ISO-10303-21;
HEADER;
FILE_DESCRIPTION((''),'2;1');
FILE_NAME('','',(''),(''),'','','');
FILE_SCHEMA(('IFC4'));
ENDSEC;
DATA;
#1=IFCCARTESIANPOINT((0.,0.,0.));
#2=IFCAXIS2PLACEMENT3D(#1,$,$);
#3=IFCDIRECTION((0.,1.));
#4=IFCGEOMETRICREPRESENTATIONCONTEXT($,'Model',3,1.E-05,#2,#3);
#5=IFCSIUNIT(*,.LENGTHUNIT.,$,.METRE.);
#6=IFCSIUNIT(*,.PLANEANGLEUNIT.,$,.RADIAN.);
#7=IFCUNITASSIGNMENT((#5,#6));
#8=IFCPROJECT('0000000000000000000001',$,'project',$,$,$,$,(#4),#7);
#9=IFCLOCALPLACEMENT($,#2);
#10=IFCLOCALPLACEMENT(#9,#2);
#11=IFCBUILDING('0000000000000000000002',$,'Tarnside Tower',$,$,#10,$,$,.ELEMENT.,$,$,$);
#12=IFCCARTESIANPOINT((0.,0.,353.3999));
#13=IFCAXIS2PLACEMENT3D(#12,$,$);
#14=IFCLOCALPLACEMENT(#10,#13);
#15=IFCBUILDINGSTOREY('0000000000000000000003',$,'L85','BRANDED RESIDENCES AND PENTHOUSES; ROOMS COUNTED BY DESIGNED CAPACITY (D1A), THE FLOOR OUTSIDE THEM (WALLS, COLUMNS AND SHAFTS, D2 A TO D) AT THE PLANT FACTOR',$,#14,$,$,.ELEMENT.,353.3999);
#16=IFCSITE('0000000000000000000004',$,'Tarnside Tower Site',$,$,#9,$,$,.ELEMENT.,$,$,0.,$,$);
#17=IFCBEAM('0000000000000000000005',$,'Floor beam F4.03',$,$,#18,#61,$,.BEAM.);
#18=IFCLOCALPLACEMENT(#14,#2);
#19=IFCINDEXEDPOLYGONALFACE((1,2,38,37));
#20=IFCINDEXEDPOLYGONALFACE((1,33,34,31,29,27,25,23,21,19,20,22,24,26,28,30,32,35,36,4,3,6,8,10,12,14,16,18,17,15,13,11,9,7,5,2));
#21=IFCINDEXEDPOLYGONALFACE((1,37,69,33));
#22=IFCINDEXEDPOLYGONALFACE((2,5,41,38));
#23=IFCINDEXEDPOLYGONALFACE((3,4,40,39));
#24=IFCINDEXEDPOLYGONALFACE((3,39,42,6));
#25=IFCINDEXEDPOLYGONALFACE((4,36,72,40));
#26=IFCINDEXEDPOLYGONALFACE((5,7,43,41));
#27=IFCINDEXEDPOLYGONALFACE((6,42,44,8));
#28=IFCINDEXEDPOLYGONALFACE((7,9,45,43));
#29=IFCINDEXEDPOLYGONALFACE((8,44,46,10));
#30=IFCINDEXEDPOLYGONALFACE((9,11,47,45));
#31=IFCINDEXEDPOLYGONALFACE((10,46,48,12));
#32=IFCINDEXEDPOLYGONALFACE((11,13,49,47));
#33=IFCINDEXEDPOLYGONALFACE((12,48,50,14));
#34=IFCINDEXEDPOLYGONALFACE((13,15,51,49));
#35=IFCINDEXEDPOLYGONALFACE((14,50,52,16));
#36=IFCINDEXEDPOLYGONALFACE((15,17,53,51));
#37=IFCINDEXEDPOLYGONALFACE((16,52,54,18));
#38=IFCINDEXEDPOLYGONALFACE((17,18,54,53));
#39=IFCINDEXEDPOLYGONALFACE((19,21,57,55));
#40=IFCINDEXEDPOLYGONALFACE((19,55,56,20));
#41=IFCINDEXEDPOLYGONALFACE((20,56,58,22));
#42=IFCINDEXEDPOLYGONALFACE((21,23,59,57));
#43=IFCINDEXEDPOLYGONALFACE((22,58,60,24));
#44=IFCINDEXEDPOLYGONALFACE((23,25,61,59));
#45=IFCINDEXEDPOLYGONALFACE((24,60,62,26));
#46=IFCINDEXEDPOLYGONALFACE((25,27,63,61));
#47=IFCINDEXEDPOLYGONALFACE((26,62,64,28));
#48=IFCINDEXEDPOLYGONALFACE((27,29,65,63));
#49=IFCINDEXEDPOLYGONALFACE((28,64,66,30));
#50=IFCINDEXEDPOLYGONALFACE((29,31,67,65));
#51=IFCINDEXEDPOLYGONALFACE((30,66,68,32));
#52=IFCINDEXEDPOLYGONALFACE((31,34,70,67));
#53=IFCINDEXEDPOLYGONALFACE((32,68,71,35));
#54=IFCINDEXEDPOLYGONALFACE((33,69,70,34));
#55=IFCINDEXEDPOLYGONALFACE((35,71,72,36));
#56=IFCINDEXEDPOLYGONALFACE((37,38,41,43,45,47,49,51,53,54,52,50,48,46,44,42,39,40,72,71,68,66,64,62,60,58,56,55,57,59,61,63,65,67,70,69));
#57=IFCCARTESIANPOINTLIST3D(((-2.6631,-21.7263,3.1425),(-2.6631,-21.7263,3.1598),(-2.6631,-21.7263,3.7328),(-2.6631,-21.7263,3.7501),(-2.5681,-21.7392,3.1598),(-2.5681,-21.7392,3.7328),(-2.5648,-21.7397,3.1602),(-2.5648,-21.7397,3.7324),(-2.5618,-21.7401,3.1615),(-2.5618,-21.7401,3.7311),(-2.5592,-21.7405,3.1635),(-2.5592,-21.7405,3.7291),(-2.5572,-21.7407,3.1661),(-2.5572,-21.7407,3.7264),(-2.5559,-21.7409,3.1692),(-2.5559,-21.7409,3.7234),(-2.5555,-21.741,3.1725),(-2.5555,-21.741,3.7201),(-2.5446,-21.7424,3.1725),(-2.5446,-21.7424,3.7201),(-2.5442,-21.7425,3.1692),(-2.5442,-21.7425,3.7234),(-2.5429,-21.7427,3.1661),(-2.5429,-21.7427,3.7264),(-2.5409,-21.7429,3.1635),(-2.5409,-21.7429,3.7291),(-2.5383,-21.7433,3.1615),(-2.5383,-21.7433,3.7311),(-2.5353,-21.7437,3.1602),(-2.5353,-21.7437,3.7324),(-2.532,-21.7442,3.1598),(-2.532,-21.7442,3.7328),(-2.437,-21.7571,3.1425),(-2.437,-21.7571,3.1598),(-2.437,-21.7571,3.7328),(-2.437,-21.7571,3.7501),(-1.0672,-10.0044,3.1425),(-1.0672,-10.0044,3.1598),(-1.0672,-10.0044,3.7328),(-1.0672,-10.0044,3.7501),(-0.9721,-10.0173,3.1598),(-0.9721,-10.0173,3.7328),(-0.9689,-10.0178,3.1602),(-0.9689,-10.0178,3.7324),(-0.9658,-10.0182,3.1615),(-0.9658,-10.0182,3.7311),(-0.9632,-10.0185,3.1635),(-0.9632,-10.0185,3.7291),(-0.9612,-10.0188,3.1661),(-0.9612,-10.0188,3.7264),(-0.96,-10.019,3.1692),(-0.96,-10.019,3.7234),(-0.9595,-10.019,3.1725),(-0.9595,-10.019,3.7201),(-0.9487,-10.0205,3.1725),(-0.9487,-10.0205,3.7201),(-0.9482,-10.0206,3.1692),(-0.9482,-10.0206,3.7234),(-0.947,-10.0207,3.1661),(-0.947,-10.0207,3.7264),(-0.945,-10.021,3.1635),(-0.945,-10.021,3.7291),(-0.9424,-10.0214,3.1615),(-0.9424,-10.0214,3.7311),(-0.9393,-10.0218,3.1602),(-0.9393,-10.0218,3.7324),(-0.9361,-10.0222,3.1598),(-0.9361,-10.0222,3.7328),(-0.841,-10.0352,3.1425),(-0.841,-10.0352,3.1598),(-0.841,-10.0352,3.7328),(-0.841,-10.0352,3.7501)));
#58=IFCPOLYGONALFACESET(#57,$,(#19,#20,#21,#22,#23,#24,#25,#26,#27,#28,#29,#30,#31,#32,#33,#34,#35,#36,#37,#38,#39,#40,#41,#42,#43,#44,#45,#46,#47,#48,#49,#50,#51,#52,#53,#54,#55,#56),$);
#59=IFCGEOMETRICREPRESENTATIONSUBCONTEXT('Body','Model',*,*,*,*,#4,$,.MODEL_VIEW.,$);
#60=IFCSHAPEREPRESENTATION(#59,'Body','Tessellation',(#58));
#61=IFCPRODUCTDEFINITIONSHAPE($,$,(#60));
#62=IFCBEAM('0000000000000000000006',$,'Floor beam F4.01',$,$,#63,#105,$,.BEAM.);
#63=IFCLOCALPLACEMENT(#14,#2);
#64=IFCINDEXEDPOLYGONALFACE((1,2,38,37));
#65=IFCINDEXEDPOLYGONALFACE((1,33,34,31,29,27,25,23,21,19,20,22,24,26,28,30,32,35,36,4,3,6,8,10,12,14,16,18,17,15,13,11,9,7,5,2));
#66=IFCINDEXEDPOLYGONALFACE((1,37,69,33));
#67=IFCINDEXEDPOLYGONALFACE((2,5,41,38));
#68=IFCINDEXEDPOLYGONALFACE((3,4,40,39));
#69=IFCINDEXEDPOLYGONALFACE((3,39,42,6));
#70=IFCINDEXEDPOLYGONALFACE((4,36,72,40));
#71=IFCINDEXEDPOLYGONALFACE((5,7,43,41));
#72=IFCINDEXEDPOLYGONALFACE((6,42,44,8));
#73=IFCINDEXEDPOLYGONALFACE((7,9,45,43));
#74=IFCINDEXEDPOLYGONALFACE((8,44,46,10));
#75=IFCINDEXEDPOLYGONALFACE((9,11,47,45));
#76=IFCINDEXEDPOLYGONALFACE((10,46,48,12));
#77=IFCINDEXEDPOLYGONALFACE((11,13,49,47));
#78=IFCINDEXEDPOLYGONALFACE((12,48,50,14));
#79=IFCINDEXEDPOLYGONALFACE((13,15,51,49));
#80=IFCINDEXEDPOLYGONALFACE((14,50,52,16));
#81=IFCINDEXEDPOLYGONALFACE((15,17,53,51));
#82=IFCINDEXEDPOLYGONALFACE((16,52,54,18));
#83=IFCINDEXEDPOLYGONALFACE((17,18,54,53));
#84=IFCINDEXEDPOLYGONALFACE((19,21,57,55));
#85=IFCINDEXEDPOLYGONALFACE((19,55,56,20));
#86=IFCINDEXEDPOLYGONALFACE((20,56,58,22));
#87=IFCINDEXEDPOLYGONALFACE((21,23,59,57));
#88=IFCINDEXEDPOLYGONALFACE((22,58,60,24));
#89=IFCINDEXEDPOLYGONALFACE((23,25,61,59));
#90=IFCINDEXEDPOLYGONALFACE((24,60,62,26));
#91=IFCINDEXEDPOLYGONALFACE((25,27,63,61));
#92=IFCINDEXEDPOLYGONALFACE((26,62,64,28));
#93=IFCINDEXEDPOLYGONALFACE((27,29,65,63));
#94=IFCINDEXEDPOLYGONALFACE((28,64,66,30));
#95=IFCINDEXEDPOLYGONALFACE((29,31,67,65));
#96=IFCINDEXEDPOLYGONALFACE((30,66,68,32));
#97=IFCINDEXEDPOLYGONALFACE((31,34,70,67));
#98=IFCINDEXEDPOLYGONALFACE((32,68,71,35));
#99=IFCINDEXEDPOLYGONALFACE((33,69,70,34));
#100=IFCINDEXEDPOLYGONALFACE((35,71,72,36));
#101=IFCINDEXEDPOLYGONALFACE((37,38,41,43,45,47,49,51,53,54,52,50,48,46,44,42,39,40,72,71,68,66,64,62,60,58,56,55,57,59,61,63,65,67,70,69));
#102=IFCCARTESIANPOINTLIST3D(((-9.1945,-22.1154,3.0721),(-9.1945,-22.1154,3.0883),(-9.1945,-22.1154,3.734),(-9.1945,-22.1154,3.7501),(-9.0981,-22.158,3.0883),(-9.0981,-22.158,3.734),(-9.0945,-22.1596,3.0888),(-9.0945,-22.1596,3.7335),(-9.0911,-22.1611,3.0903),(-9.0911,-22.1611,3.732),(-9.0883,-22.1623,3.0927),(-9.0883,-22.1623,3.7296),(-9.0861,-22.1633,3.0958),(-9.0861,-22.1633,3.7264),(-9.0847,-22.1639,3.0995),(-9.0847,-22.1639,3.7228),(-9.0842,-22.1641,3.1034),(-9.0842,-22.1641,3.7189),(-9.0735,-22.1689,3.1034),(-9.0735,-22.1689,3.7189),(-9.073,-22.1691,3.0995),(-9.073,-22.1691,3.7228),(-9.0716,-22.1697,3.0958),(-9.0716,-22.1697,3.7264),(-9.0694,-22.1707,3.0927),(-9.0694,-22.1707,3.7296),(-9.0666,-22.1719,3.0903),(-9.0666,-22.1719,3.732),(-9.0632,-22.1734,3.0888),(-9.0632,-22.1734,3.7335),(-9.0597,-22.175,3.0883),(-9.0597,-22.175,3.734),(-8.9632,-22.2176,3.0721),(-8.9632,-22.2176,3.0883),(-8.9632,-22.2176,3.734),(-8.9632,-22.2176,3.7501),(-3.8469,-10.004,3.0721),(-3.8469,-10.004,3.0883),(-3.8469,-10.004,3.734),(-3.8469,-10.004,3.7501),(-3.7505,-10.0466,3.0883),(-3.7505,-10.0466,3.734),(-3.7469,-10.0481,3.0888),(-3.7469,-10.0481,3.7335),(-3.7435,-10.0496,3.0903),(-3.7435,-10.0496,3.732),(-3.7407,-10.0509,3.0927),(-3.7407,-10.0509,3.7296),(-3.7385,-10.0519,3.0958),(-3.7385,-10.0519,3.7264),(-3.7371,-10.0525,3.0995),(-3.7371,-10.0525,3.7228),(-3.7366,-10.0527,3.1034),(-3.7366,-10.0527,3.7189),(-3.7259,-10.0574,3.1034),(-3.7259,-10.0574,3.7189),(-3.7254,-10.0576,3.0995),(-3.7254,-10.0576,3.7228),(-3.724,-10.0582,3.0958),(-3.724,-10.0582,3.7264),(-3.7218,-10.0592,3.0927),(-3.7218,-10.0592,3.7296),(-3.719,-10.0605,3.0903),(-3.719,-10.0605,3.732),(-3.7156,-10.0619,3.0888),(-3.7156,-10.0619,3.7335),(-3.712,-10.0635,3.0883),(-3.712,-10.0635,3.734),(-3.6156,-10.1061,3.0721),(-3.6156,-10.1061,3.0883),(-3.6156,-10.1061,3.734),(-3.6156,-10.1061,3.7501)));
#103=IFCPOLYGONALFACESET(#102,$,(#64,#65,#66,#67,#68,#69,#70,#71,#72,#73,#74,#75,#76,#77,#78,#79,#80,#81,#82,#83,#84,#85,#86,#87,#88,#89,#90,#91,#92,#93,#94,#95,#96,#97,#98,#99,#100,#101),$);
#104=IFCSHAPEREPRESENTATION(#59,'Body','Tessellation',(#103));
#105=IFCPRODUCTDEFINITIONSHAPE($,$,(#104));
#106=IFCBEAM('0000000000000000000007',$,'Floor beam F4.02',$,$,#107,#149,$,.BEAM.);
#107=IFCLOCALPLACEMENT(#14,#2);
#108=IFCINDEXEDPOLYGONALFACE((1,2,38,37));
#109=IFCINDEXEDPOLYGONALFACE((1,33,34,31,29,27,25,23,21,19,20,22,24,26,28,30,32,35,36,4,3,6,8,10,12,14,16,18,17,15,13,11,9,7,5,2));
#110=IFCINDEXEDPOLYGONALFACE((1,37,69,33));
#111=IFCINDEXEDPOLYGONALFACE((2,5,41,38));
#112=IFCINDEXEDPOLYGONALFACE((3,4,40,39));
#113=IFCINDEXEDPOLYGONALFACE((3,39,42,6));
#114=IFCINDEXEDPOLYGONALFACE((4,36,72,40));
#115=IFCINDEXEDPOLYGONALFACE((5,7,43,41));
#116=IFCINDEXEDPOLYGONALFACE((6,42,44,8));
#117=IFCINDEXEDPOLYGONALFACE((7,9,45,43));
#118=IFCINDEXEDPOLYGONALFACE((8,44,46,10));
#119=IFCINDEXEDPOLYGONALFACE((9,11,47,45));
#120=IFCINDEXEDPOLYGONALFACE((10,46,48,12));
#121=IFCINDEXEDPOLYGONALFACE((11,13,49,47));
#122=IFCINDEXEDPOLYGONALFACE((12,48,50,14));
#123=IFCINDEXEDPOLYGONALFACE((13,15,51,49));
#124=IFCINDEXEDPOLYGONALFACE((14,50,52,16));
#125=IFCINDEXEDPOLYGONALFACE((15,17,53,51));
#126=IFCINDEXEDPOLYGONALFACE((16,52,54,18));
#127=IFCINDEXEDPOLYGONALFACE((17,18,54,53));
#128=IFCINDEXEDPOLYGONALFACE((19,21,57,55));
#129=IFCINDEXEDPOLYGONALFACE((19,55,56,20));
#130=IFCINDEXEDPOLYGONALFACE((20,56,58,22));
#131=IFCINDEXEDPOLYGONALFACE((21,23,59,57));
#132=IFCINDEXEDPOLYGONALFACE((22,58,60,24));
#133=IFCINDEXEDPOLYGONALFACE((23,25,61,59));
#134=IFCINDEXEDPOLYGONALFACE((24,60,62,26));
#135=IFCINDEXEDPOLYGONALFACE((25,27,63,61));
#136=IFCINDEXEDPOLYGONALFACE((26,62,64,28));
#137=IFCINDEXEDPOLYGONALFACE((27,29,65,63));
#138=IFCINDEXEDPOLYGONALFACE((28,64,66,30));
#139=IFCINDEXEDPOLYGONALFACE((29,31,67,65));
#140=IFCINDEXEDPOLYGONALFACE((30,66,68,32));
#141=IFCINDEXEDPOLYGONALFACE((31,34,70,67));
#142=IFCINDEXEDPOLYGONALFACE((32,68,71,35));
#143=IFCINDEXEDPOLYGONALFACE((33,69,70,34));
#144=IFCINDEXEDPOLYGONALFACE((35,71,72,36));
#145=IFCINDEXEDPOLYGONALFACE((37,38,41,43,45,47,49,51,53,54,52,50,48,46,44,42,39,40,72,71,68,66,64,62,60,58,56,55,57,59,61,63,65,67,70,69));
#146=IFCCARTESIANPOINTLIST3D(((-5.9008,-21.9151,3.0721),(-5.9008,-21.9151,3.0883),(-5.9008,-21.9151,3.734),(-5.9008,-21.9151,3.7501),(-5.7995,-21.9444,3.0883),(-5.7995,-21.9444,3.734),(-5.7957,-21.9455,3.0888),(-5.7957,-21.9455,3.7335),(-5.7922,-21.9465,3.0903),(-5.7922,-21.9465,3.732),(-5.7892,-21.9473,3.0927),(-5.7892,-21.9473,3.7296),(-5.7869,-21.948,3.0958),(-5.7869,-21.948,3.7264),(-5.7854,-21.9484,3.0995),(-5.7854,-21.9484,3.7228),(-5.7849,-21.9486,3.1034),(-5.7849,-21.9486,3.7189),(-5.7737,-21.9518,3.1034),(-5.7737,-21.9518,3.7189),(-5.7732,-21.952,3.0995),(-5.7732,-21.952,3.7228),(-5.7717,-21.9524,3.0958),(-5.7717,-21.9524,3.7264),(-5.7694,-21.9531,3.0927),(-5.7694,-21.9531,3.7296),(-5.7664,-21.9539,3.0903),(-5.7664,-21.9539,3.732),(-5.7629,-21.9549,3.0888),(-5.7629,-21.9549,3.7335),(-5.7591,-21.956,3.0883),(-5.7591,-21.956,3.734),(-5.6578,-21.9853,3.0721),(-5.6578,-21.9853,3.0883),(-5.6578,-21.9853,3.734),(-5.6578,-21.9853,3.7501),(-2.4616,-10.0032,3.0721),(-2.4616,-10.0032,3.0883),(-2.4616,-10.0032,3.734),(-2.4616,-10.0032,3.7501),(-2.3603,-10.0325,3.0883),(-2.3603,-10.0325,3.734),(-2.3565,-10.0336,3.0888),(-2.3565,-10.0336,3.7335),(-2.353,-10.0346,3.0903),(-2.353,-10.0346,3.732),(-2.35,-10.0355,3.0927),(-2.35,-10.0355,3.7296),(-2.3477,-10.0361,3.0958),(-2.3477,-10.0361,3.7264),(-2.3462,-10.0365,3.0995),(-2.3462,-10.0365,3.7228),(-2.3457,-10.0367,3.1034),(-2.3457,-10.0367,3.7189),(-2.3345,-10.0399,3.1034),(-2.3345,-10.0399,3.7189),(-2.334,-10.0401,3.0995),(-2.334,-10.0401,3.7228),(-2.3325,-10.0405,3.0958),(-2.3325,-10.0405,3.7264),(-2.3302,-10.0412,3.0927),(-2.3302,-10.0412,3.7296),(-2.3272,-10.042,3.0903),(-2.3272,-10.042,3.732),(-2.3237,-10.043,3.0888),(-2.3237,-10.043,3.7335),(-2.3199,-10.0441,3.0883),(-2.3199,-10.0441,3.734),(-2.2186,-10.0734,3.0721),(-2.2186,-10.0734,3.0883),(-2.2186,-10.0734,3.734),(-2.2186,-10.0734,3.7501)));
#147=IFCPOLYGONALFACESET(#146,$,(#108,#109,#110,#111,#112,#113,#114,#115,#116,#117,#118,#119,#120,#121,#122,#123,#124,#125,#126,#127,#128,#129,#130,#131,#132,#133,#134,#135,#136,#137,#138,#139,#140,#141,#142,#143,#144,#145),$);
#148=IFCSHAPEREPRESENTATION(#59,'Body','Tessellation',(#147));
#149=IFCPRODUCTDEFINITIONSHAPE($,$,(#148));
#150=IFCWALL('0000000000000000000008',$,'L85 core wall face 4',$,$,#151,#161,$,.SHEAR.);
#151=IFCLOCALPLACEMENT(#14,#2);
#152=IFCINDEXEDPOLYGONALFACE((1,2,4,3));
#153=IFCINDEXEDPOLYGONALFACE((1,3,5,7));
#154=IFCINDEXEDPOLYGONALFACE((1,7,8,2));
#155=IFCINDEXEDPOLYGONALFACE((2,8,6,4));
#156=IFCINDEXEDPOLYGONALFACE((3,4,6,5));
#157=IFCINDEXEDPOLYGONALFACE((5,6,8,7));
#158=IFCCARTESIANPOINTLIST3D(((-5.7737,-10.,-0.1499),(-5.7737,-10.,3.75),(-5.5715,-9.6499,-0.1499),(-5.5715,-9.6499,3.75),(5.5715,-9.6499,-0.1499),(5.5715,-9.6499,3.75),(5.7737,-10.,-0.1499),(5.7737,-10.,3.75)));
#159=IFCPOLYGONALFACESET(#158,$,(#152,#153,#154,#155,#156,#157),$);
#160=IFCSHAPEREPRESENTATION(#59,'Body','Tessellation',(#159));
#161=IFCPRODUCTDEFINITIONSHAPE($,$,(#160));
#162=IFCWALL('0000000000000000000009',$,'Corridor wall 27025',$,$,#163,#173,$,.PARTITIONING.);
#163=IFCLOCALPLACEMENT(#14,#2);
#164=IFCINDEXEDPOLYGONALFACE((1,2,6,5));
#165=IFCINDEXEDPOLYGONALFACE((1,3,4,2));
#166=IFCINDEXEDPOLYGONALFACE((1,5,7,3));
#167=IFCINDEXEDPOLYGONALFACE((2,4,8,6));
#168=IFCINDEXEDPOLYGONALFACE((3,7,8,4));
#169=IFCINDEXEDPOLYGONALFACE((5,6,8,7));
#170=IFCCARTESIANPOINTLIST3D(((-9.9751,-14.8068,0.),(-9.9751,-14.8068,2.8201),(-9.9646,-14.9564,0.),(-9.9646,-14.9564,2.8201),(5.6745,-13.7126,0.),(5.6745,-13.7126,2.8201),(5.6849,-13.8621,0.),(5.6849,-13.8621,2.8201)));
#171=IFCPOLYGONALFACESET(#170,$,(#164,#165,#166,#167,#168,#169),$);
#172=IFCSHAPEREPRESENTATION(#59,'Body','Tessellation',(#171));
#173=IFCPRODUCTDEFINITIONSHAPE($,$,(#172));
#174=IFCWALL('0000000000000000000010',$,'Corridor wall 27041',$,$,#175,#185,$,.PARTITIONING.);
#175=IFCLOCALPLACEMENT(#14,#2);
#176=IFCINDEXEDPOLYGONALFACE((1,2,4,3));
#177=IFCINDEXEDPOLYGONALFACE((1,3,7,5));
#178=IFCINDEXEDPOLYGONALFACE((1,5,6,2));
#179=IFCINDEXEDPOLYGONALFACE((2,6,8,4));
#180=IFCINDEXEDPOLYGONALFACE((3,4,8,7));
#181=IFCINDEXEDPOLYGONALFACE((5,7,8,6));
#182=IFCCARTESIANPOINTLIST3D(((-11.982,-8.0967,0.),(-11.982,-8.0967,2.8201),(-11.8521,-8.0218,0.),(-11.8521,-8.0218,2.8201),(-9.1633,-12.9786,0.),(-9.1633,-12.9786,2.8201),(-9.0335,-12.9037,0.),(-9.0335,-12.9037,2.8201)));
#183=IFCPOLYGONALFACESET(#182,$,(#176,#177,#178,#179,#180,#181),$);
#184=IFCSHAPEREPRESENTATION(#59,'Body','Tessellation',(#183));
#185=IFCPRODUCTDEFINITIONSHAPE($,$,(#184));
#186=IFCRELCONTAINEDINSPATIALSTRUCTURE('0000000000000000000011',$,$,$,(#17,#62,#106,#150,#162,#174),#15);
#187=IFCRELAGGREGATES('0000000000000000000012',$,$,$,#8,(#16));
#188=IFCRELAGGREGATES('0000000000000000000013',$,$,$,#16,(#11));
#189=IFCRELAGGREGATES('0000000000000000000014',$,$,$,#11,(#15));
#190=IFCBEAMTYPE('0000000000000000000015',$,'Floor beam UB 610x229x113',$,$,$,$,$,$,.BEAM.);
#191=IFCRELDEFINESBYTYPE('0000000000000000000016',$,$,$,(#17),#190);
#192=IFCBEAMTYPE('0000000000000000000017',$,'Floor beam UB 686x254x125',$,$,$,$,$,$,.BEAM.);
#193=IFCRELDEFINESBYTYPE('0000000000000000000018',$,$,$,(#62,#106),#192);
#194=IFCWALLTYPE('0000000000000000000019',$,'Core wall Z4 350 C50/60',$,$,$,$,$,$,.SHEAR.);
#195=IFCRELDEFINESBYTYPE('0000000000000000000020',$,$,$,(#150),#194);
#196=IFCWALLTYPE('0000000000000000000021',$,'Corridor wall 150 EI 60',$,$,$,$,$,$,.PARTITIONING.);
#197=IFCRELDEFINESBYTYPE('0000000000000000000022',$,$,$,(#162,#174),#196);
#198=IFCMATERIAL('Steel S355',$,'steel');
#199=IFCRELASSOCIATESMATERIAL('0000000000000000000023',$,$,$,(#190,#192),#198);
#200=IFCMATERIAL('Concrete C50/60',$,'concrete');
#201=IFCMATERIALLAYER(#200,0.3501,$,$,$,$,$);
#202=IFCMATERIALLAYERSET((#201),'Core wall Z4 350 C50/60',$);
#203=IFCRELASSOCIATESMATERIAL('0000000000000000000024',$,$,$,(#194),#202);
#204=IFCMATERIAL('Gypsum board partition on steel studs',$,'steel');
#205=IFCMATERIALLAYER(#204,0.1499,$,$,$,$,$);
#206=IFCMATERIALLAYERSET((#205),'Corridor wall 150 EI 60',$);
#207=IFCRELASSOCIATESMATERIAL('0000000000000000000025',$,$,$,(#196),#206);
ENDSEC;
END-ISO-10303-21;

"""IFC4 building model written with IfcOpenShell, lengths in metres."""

from ifc_helpers import new_model, si_unit, direction, frame, frame_2d, origin, origin_2d, place, context, subcontext, project, spatial, polyline, rectangle, i_section, outline, extrude, material, layer, layer_set, material_profile, profile_set, type_object, element, save


model = new_model("IFC4")

# Units and contexts
model_context = context("Model", 3, precision=1e-05, world=origin(), true_north=direction((0.0, 1.0)))
body_context = subcontext(model_context, "Body", "Model", "MODEL_VIEW")
ifc_project = project(units=[si_unit("LENGTHUNIT", "METRE"), si_unit("PLANEANGLEUNIT", "RADIAN")], contexts=[model_context])

# Site, building, storey
site_placement = place(None, origin())
site = spatial("IfcSite", under=ifc_project, at=site_placement, Name="Tarnside Tower Site", CompositionType="ELEMENT", RefElevation=0.0)
building_placement = place(site_placement, origin())
building = spatial("IfcBuilding", under=site, at=building_placement, Name="Tarnside Tower", CompositionType="ELEMENT")
storey_placement = place(building_placement, frame((0.0, 0.0, 353.3999)))
storey = spatial("IfcBuildingStorey", under=building, at=storey_placement, Name="L85", Description="BRANDED RESIDENCES AND PENTHOUSES; ROOMS COUNTED BY DESIGNED CAPACITY (D1A), THE FLOOR OUTSIDE THEM (WALLS, COLUMNS AND SHAFTS, D2 A TO D) AT THE PLANT FACTOR", CompositionType="ELEMENT", Elevation=353.3999)

# Beams
ifc_material_1 = material(Name="Steel S355", Category="steel")
ifc_material_profile_1 = material_profile(ifc_material_1, i_section(OverallWidth=0.2283, OverallDepth=0.6077, WebThickness=0.011, FlangeThickness=0.0173, FilletRadius=0.0127, at=origin_2d()), Name="UB 610x229x113")
ifc_profile_set_1 = profile_set([ifc_material_profile_1], Name="Steel S355")
beam_type_1 = type_object("IfcBeamType", Name="Floor beam UB 610x229x113", PredefinedType="BEAM", material=ifc_profile_set_1)
beam_1_placement = place(storey_placement, frame((-2.55, -21.7417, 3.4463), z_axis=(0.134906, 0.990858, 0.0), x_axis=(-0.990858, 0.134906, 0.0)))
element("IfcBeam", 1, at=beam_1_placement, inside=storey, type_object=beam_type_1, Name="Floor beam F4.03", PredefinedType="BEAM", context=body_context, shape_type="SweptSolid", body=[
    extrude(i_section(OverallWidth=0.2283, OverallDepth=0.6077, WebThickness=0.011, FlangeThickness=0.0173, FilletRadius=0.0127, at=origin_2d()), origin(), (0.0, 0.0, 1.0), 11.8301),
])
ifc_material_profile_2 = material_profile(ifc_material_1, i_section(OverallWidth=0.2529, OverallDepth=0.678, WebThickness=0.0117, FlangeThickness=0.0161, FilletRadius=0.0151, at=origin_2d()), Name="UB 686x254x125")
ifc_profile_set_2 = profile_set([ifc_material_profile_2], Name="Steel S355")
beam_type_2 = type_object("IfcBeamType", Name="Floor beam UB 686x254x125", PredefinedType="BEAM", material=ifc_profile_set_2)
beam_2_placement = place(storey_placement, frame((-9.0789, -22.1665, 3.4111), z_axis=(0.403913, 0.914797, 0.0), x_axis=(-0.914797, 0.403913, 0.0)))
element("IfcBeam", 2, at=beam_2_placement, inside=storey, type_object=beam_type_2, Name="Floor beam F4.01", PredefinedType="BEAM", context=body_context, shape_type="SweptSolid", body=[
    extrude(i_section(OverallWidth=0.2529, OverallDepth=0.678, WebThickness=0.0117, FlangeThickness=0.0161, FilletRadius=0.0151, at=origin_2d()), origin(), (0.0, 0.0, 1.0), 13.2395),
])
beam_3_placement = place(storey_placement, frame((-5.7793, -21.9502, 3.4111), z_axis=(0.277391, 0.960757, 0.0), x_axis=(-0.960757, 0.277391, 0.0)))
element("IfcBeam", 3, at=beam_3_placement, inside=storey, type_object=beam_type_2, Name="Floor beam F4.02", PredefinedType="BEAM", context=body_context, shape_type="SweptSolid", body=[
    extrude(i_section(OverallWidth=0.2529, OverallDepth=0.678, WebThickness=0.0117, FlangeThickness=0.0161, FilletRadius=0.0151, at=origin_2d()), origin(), (0.0, 0.0, 1.0), 12.3984),
])

# Walls
ifc_material_2 = material(Name="Concrete C50/60", Category="concrete")
ifc_layer_1 = layer(ifc_material_2, 0.3501)
ifc_layer_set_1 = layer_set([ifc_layer_1], Name="Core wall Z4 350 C50/60")
wall_type_1 = type_object("IfcWallType", Name="Core wall Z4 350 C50/60", PredefinedType="SHEAR", material=ifc_layer_set_1)
wall_1_placement = place(storey_placement, frame((-5.6726, -9.825, -0.1499), z_axis=(0.0, 0.0, 1.0), x_axis=(1.0, 0.0, 0.0)))
element("IfcWall", 4, at=wall_1_placement, inside=storey, type_object=wall_type_1, Name="L85 core wall face 4", PredefinedType="SHEAR", context=body_context, shape_type="SweptSolid", body=[
    extrude(outline(polyline([(-0.1011, -0.175), (11.4463, -0.175), (11.2441, 0.175), (0.1011, 0.175), (-0.1011, -0.175)])), origin(), (0.0, 0.0, 1.0), 3.8999),
])
ifc_material_3 = material(Name="Gypsum board partition on steel studs", Category="steel")
ifc_layer_2 = layer(ifc_material_3, 0.1499)
ifc_layer_set_2 = layer_set([ifc_layer_2], Name="Corridor wall 150 EI 60")
wall_type_2 = type_object("IfcWallType", Name="Corridor wall 150 EI 60", PredefinedType="PARTITIONING", material=ifc_layer_set_2)
wall_2_placement = place(storey_placement, frame((-9.9697, -14.8816, 0.0), z_axis=(0.0, 0.0, 1.0), x_axis=(0.997564, 0.069752, 0.0)))
element("IfcWall", 5, at=wall_2_placement, inside=storey, type_object=wall_type_2, Name="Corridor wall 27025", PredefinedType="PARTITIONING", context=body_context, shape_type="SweptSolid", body=[
    extrude(rectangle(XDim=15.6877, YDim=0.1499, at=frame_2d((7.8438, 0.0))), origin(), (0.0, 0.0, 1.0), 2.8201),
])
wall_3_placement = place(storey_placement, frame((-9.0984, -12.9412, 0.0), z_axis=(0.0, 0.0, 1.0), x_axis=(-0.50001, 0.86602, 0.0)))
element("IfcWall", 6, at=wall_3_placement, inside=storey, type_object=wall_type_2, Name="Corridor wall 27041", PredefinedType="PARTITIONING", context=body_context, shape_type="SweptSolid", body=[
    extrude(rectangle(XDim=5.6372, YDim=0.1499, at=frame_2d((2.8186, 0.0))), origin(), (0.0, 0.0, 1.0), 2.8201),
])

save(model, "model.ifc")
